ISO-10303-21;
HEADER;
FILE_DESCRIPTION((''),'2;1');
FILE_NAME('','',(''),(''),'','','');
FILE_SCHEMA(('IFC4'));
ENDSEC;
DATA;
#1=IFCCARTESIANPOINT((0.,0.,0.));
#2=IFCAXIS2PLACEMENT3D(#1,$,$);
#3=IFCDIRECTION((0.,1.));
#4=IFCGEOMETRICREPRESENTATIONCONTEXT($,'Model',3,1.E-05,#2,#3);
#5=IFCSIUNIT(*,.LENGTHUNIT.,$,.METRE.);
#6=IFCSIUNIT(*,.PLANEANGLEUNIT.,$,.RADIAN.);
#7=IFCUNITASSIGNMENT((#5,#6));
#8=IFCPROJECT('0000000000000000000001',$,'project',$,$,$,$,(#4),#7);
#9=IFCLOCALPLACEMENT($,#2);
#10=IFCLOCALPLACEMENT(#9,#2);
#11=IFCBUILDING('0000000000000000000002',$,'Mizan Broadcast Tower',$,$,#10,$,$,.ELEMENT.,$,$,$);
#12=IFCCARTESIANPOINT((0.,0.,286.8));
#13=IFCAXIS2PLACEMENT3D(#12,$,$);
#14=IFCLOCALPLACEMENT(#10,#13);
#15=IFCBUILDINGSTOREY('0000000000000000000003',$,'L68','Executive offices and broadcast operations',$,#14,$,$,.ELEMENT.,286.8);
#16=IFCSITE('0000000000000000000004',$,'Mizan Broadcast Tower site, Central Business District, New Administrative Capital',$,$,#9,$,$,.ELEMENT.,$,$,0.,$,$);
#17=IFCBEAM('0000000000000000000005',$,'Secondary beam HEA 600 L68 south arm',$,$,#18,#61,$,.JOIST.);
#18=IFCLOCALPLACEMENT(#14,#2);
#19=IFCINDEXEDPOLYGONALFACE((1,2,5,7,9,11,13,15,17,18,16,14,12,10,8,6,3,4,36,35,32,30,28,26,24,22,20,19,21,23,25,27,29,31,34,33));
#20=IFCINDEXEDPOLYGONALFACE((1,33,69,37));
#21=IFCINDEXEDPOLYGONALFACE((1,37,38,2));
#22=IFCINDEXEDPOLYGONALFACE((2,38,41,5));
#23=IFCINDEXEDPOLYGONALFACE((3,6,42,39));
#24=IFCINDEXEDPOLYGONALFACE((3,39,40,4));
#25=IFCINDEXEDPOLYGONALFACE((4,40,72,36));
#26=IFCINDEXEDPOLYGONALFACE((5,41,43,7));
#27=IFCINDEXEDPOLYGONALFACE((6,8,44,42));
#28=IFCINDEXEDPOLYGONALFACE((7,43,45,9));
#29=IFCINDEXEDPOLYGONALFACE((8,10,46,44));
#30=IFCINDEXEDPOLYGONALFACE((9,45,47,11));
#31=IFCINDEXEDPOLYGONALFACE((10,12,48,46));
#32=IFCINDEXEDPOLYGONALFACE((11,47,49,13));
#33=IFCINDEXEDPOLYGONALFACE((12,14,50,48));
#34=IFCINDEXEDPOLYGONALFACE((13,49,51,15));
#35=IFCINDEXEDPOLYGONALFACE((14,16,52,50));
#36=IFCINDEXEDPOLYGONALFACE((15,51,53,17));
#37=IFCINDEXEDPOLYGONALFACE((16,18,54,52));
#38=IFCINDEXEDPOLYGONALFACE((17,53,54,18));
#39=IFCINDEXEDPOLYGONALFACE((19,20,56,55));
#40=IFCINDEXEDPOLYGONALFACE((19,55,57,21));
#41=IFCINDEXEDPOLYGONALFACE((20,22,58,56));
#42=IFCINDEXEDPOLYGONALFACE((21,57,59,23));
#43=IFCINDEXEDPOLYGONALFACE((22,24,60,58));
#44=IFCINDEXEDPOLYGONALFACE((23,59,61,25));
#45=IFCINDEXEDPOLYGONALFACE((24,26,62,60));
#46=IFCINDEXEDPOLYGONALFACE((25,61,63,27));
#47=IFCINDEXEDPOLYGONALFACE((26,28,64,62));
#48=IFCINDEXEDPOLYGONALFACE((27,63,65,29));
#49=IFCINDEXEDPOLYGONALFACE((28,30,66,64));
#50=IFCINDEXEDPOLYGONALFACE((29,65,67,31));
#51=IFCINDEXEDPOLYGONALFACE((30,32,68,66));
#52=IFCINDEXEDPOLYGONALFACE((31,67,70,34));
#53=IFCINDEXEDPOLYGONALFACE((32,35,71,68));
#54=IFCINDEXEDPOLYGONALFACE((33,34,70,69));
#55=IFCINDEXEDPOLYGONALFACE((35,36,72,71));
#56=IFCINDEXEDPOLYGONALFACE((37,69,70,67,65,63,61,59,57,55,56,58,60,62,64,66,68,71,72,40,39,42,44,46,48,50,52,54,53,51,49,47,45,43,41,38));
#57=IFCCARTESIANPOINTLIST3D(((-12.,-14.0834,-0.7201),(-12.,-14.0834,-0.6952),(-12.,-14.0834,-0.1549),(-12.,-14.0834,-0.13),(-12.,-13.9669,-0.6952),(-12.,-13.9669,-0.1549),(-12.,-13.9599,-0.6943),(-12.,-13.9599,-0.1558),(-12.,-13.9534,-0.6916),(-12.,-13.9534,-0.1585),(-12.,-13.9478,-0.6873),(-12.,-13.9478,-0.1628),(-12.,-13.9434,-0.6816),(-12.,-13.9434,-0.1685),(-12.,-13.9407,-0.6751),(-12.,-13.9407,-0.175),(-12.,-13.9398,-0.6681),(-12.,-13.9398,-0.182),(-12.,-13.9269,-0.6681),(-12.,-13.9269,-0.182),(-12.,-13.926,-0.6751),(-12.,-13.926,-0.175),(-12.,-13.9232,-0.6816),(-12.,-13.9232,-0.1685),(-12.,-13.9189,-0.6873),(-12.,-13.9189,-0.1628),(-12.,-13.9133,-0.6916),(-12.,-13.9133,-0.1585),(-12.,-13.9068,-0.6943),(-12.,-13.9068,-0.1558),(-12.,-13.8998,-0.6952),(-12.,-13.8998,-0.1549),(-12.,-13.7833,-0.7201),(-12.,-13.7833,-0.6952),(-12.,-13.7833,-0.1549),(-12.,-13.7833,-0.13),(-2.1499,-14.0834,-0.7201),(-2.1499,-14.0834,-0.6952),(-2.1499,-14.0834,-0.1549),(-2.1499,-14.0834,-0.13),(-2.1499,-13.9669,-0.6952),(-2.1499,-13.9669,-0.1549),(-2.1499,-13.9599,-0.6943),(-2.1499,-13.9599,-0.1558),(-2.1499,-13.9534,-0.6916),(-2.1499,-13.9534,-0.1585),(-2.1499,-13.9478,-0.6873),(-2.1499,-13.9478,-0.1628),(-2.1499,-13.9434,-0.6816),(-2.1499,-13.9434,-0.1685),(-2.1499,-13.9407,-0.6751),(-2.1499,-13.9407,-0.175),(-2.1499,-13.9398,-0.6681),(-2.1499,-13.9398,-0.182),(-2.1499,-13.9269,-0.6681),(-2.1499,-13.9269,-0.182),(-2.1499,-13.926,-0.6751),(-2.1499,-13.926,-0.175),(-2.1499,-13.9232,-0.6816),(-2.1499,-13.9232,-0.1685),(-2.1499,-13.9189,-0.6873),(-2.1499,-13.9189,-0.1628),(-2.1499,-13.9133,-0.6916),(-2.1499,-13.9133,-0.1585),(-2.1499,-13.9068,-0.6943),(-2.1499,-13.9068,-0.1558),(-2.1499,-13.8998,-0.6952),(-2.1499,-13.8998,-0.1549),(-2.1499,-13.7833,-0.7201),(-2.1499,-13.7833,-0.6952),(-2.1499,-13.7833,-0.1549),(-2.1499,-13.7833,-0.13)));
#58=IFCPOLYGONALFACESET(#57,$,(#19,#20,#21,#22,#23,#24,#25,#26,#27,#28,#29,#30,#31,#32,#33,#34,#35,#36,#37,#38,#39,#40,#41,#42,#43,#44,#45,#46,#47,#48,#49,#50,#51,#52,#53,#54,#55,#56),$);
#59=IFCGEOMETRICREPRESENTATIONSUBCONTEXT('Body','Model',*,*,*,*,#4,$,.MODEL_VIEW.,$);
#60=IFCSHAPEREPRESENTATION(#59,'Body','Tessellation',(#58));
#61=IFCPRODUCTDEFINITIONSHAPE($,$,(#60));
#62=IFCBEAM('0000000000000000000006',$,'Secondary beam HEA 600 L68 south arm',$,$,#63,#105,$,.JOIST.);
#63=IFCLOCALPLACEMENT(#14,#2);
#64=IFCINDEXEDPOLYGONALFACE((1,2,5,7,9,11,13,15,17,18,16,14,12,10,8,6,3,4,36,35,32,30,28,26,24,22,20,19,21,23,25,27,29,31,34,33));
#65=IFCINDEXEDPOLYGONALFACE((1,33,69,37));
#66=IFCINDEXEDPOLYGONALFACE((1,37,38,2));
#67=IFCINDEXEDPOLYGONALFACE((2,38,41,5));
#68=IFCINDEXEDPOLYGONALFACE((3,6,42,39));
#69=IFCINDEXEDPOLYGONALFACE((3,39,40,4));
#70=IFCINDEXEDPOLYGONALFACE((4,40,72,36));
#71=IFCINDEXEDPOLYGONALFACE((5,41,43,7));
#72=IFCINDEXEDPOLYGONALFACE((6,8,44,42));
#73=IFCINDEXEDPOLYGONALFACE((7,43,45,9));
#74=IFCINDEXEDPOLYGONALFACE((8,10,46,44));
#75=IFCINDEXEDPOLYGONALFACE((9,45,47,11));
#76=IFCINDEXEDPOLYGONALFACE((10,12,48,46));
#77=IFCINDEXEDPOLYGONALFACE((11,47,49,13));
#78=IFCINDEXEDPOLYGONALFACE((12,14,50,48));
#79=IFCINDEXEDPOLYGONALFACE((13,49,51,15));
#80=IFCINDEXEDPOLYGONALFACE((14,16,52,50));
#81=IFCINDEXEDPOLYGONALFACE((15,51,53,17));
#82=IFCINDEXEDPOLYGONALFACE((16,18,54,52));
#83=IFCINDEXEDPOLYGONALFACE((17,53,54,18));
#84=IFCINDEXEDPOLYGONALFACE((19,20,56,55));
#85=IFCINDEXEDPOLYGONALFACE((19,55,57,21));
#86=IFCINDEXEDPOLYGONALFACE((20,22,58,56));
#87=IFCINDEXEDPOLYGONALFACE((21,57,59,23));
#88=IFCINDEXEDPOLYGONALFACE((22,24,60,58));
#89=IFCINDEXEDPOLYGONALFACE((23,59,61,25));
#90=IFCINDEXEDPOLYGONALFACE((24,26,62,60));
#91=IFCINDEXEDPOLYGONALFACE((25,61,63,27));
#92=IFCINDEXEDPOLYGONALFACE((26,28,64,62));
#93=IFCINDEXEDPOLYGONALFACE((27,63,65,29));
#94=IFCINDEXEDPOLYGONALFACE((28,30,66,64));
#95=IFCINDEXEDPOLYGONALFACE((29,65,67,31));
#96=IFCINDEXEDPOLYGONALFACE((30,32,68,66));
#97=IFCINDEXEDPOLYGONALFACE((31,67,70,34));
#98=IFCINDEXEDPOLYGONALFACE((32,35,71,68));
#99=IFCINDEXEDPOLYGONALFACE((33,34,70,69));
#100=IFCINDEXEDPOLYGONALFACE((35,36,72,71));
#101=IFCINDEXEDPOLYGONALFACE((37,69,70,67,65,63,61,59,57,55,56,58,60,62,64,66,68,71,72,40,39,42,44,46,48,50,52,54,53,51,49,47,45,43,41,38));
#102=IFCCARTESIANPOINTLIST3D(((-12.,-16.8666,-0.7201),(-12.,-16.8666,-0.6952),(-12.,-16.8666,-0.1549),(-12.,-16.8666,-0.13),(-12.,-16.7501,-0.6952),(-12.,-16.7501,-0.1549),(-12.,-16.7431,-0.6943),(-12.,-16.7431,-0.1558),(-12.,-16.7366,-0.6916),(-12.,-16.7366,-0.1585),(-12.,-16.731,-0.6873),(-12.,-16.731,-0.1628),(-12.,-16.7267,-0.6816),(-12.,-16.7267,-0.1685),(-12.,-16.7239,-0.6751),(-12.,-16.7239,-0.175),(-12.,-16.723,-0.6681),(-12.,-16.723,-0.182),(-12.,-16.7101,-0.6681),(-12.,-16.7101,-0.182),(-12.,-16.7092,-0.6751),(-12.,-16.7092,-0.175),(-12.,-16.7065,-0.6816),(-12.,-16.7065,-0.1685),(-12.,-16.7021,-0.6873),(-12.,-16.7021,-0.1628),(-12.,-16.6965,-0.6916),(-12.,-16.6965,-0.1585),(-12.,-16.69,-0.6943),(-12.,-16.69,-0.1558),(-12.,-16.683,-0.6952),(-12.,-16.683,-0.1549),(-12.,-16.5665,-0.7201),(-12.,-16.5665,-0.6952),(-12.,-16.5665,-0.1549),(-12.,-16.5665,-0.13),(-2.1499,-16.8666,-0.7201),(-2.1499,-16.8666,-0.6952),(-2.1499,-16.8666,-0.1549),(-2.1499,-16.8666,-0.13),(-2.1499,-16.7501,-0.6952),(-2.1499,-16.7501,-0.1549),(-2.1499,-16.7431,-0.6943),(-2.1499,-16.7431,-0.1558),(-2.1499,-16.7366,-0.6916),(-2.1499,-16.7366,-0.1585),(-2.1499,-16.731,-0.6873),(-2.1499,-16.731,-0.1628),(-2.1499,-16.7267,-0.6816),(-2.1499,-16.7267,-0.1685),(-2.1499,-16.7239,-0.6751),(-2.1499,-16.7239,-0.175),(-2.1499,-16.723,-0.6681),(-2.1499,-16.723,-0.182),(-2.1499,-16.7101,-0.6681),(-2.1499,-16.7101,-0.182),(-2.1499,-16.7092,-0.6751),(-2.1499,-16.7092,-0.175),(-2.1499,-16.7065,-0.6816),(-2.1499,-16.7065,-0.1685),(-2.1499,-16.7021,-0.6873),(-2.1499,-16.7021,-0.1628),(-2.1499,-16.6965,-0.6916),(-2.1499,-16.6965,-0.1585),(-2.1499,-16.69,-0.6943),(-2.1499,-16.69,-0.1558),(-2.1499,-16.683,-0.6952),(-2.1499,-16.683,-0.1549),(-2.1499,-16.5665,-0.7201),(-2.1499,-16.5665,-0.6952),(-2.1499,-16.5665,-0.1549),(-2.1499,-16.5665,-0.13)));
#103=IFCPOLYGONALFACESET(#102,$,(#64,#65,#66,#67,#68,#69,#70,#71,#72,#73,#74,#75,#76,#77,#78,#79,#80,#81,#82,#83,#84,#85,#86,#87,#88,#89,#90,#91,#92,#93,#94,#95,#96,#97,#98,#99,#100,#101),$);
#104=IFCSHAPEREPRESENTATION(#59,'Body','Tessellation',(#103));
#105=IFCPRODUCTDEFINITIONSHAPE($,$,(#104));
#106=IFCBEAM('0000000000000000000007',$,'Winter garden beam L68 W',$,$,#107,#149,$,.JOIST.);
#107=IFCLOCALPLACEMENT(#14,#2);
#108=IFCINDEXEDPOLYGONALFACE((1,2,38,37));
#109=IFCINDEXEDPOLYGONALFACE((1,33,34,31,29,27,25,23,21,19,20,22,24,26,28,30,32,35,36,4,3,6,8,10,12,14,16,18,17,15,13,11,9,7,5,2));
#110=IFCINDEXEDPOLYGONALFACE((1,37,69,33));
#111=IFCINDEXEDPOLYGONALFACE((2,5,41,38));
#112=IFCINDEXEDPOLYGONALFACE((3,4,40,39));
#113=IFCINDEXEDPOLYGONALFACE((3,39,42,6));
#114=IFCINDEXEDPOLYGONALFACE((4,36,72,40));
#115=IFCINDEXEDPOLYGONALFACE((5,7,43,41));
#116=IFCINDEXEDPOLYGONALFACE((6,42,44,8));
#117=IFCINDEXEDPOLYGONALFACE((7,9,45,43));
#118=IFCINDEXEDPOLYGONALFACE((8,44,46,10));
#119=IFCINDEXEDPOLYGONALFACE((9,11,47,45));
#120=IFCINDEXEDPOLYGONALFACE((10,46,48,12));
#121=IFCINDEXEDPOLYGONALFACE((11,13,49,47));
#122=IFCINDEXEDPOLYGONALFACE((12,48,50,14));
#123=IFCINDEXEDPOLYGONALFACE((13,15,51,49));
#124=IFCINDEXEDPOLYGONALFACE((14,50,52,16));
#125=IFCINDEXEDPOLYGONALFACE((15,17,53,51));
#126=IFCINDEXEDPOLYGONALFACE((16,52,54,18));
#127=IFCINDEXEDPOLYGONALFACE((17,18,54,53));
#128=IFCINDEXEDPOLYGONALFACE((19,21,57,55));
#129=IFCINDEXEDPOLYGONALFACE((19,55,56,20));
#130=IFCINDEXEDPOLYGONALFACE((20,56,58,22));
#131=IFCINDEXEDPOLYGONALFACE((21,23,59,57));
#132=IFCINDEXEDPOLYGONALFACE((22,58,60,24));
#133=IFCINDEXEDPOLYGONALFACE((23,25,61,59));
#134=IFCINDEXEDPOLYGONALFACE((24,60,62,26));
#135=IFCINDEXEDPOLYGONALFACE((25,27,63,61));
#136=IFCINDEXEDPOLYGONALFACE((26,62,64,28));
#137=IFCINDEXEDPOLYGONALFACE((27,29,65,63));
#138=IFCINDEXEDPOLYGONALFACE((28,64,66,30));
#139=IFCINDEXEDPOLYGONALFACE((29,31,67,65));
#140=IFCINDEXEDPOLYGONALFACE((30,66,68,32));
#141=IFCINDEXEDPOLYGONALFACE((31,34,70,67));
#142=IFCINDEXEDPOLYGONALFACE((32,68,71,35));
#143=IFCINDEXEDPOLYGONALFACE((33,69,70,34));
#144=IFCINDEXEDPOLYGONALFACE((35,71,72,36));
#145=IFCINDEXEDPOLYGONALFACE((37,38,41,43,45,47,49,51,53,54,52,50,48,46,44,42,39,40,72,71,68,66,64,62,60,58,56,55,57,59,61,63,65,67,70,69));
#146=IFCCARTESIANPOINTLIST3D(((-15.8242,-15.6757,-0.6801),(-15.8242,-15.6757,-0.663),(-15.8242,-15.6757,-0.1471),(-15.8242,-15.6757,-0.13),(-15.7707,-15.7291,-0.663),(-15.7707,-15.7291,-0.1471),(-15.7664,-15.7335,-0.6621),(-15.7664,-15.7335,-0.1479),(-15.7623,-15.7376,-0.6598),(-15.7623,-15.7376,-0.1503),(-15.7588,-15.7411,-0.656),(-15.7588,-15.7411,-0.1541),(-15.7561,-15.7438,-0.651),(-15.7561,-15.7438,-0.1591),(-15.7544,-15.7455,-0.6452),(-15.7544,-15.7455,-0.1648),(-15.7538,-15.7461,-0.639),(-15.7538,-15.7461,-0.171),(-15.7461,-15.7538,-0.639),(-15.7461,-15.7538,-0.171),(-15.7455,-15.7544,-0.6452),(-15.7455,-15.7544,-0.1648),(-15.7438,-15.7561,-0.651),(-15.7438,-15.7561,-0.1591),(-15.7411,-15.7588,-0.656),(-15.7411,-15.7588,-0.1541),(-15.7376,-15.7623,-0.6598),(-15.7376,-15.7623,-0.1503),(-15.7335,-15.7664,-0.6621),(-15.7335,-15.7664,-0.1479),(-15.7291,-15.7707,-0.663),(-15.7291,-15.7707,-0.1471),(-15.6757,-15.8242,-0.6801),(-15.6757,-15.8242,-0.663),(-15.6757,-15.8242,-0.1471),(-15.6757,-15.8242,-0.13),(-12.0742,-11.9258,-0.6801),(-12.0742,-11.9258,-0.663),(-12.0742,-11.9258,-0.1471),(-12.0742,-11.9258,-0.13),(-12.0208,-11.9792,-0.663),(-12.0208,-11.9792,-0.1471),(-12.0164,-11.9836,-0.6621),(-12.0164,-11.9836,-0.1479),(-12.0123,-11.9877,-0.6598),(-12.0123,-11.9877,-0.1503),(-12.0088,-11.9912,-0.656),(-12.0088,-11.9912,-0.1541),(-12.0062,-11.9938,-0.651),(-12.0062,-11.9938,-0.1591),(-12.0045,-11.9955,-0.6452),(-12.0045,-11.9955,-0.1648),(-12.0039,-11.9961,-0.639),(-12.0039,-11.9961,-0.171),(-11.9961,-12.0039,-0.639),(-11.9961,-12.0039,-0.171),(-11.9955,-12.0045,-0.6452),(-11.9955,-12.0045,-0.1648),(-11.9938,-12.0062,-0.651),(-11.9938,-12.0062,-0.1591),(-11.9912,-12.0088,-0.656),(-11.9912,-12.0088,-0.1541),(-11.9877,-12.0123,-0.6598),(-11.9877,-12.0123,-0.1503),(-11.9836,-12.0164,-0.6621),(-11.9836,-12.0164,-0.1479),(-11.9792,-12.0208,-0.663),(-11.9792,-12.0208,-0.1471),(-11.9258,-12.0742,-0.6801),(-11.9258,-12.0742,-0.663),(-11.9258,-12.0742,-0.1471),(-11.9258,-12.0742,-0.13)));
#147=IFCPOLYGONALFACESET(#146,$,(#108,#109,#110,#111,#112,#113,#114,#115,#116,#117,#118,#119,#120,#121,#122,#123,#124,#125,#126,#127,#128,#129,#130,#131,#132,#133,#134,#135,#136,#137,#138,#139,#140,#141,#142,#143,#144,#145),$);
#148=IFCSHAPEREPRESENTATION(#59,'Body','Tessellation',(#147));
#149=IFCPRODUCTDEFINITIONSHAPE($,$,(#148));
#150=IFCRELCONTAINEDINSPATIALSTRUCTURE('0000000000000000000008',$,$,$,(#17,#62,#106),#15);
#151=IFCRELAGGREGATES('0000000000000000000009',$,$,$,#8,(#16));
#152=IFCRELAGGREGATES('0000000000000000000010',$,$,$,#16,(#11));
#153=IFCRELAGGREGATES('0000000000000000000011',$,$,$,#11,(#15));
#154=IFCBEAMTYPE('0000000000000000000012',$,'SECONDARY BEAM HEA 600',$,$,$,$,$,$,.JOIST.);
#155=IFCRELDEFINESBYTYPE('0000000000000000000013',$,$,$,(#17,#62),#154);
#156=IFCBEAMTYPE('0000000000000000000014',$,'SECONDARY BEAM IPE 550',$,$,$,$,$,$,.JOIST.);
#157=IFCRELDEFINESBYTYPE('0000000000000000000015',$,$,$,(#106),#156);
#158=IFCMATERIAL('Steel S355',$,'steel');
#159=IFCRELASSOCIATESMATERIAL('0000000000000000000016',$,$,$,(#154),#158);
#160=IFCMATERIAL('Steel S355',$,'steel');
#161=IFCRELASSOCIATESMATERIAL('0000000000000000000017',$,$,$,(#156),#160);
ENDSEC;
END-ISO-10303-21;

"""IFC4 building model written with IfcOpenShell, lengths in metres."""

from ifc_helpers import new_model, si_unit, direction, frame, origin, origin_2d, place, context, subcontext, project, spatial, i_section, extrude, material, material_profile, profile_set, type_object, element, save


model = new_model("IFC4")

# Units and contexts
model_context = context("Model", 3, precision=1e-05, world=origin(), true_north=direction((0.0, 1.0)))
body_context = subcontext(model_context, "Body", "Model", "MODEL_VIEW")
ifc_project = project(units=[si_unit("LENGTHUNIT", "METRE"), si_unit("PLANEANGLEUNIT", "RADIAN")], contexts=[model_context])

# Site, building, storey
site_placement = place(None, origin())
site = spatial("IfcSite", under=ifc_project, at=site_placement, Name="Mizan Broadcast Tower site, Central Business District, New Administrative Capital", CompositionType="ELEMENT", RefElevation=0.0)
building_placement = place(site_placement, origin())
building = spatial("IfcBuilding", under=site, at=building_placement, Name="Mizan Broadcast Tower", CompositionType="ELEMENT")
storey_placement = place(building_placement, frame((0.0, 0.0, 286.8)))
storey = spatial("IfcBuildingStorey", under=building, at=storey_placement, Name="L68", Description="Executive offices and broadcast operations", CompositionType="ELEMENT", Elevation=286.8)

# Beams
ifc_material_1 = material(Name="Steel S355", Category="steel")
ifc_material_profile_1 = material_profile(ifc_material_1, i_section(OverallWidth=0.3, OverallDepth=0.5901, WebThickness=0.0129, FlangeThickness=0.0249, FilletRadius=0.0271, at=origin_2d()), Name="HEA 600")
ifc_profile_set_1 = profile_set([ifc_material_profile_1], Name="Steel S355")
beam_type_1 = type_object("IfcBeamType", Name="SECONDARY BEAM HEA 600", PredefinedType="JOIST", material=ifc_profile_set_1)
for number, where, z_axis, x_axis, name in (
    (1, (-12.0, -13.9333, -0.425), (1.0, 0.0, 0.0), (0.0, 1.0, 0.0), "Secondary beam HEA 600 L68 south arm"),
    (2, (-12.0, -16.7166, -0.425), (1.0, 0.0, 0.0), (0.0, 1.0, 0.0), "Secondary beam HEA 600 L68 south arm"),
):
    element("IfcBeam", number, at=place(storey_placement, frame(where, z_axis=z_axis, x_axis=x_axis)), inside=storey, type_object=beam_type_1, Name=name, PredefinedType="JOIST", context=body_context, shape_type="SweptSolid", body=[
        extrude(i_section(OverallWidth=0.3, OverallDepth=0.5901, WebThickness=0.0129, FlangeThickness=0.0249, FilletRadius=0.0271, at=origin_2d()), origin(), (0.0, 0.0, 1.0), 9.8501),
    ])
ifc_material_2 = material(Name="Steel S355", Category="steel")
ifc_material_profile_2 = material_profile(ifc_material_2, i_section(OverallWidth=0.21, OverallDepth=0.55, WebThickness=0.011, FlangeThickness=0.0171, FilletRadius=0.0239, at=origin_2d()), Name="IPE 550")
ifc_profile_set_2 = profile_set([ifc_material_profile_2], Name="Steel S355")
beam_type_2 = type_object("IfcBeamType", Name="SECONDARY BEAM IPE 550", PredefinedType="JOIST", material=ifc_profile_set_2)
beam_1_placement = place(storey_placement, frame((-12.0, -12.0, -0.405), z_axis=(-0.707107, -0.707107, 0.0), x_axis=(0.707107, -0.707107, 0.0)))
element("IfcBeam", 3, at=beam_1_placement, inside=storey, type_object=beam_type_2, Name="Winter garden beam L68 W", PredefinedType="JOIST", context=body_context, shape_type="SweptSolid", body=[
    extrude(i_section(OverallWidth=0.21, OverallDepth=0.55, WebThickness=0.011, FlangeThickness=0.0171, FilletRadius=0.0239, at=origin_2d()), origin(), (0.0, 0.0, 1.0), 5.3032),
])

save(model, "model.ifc")
